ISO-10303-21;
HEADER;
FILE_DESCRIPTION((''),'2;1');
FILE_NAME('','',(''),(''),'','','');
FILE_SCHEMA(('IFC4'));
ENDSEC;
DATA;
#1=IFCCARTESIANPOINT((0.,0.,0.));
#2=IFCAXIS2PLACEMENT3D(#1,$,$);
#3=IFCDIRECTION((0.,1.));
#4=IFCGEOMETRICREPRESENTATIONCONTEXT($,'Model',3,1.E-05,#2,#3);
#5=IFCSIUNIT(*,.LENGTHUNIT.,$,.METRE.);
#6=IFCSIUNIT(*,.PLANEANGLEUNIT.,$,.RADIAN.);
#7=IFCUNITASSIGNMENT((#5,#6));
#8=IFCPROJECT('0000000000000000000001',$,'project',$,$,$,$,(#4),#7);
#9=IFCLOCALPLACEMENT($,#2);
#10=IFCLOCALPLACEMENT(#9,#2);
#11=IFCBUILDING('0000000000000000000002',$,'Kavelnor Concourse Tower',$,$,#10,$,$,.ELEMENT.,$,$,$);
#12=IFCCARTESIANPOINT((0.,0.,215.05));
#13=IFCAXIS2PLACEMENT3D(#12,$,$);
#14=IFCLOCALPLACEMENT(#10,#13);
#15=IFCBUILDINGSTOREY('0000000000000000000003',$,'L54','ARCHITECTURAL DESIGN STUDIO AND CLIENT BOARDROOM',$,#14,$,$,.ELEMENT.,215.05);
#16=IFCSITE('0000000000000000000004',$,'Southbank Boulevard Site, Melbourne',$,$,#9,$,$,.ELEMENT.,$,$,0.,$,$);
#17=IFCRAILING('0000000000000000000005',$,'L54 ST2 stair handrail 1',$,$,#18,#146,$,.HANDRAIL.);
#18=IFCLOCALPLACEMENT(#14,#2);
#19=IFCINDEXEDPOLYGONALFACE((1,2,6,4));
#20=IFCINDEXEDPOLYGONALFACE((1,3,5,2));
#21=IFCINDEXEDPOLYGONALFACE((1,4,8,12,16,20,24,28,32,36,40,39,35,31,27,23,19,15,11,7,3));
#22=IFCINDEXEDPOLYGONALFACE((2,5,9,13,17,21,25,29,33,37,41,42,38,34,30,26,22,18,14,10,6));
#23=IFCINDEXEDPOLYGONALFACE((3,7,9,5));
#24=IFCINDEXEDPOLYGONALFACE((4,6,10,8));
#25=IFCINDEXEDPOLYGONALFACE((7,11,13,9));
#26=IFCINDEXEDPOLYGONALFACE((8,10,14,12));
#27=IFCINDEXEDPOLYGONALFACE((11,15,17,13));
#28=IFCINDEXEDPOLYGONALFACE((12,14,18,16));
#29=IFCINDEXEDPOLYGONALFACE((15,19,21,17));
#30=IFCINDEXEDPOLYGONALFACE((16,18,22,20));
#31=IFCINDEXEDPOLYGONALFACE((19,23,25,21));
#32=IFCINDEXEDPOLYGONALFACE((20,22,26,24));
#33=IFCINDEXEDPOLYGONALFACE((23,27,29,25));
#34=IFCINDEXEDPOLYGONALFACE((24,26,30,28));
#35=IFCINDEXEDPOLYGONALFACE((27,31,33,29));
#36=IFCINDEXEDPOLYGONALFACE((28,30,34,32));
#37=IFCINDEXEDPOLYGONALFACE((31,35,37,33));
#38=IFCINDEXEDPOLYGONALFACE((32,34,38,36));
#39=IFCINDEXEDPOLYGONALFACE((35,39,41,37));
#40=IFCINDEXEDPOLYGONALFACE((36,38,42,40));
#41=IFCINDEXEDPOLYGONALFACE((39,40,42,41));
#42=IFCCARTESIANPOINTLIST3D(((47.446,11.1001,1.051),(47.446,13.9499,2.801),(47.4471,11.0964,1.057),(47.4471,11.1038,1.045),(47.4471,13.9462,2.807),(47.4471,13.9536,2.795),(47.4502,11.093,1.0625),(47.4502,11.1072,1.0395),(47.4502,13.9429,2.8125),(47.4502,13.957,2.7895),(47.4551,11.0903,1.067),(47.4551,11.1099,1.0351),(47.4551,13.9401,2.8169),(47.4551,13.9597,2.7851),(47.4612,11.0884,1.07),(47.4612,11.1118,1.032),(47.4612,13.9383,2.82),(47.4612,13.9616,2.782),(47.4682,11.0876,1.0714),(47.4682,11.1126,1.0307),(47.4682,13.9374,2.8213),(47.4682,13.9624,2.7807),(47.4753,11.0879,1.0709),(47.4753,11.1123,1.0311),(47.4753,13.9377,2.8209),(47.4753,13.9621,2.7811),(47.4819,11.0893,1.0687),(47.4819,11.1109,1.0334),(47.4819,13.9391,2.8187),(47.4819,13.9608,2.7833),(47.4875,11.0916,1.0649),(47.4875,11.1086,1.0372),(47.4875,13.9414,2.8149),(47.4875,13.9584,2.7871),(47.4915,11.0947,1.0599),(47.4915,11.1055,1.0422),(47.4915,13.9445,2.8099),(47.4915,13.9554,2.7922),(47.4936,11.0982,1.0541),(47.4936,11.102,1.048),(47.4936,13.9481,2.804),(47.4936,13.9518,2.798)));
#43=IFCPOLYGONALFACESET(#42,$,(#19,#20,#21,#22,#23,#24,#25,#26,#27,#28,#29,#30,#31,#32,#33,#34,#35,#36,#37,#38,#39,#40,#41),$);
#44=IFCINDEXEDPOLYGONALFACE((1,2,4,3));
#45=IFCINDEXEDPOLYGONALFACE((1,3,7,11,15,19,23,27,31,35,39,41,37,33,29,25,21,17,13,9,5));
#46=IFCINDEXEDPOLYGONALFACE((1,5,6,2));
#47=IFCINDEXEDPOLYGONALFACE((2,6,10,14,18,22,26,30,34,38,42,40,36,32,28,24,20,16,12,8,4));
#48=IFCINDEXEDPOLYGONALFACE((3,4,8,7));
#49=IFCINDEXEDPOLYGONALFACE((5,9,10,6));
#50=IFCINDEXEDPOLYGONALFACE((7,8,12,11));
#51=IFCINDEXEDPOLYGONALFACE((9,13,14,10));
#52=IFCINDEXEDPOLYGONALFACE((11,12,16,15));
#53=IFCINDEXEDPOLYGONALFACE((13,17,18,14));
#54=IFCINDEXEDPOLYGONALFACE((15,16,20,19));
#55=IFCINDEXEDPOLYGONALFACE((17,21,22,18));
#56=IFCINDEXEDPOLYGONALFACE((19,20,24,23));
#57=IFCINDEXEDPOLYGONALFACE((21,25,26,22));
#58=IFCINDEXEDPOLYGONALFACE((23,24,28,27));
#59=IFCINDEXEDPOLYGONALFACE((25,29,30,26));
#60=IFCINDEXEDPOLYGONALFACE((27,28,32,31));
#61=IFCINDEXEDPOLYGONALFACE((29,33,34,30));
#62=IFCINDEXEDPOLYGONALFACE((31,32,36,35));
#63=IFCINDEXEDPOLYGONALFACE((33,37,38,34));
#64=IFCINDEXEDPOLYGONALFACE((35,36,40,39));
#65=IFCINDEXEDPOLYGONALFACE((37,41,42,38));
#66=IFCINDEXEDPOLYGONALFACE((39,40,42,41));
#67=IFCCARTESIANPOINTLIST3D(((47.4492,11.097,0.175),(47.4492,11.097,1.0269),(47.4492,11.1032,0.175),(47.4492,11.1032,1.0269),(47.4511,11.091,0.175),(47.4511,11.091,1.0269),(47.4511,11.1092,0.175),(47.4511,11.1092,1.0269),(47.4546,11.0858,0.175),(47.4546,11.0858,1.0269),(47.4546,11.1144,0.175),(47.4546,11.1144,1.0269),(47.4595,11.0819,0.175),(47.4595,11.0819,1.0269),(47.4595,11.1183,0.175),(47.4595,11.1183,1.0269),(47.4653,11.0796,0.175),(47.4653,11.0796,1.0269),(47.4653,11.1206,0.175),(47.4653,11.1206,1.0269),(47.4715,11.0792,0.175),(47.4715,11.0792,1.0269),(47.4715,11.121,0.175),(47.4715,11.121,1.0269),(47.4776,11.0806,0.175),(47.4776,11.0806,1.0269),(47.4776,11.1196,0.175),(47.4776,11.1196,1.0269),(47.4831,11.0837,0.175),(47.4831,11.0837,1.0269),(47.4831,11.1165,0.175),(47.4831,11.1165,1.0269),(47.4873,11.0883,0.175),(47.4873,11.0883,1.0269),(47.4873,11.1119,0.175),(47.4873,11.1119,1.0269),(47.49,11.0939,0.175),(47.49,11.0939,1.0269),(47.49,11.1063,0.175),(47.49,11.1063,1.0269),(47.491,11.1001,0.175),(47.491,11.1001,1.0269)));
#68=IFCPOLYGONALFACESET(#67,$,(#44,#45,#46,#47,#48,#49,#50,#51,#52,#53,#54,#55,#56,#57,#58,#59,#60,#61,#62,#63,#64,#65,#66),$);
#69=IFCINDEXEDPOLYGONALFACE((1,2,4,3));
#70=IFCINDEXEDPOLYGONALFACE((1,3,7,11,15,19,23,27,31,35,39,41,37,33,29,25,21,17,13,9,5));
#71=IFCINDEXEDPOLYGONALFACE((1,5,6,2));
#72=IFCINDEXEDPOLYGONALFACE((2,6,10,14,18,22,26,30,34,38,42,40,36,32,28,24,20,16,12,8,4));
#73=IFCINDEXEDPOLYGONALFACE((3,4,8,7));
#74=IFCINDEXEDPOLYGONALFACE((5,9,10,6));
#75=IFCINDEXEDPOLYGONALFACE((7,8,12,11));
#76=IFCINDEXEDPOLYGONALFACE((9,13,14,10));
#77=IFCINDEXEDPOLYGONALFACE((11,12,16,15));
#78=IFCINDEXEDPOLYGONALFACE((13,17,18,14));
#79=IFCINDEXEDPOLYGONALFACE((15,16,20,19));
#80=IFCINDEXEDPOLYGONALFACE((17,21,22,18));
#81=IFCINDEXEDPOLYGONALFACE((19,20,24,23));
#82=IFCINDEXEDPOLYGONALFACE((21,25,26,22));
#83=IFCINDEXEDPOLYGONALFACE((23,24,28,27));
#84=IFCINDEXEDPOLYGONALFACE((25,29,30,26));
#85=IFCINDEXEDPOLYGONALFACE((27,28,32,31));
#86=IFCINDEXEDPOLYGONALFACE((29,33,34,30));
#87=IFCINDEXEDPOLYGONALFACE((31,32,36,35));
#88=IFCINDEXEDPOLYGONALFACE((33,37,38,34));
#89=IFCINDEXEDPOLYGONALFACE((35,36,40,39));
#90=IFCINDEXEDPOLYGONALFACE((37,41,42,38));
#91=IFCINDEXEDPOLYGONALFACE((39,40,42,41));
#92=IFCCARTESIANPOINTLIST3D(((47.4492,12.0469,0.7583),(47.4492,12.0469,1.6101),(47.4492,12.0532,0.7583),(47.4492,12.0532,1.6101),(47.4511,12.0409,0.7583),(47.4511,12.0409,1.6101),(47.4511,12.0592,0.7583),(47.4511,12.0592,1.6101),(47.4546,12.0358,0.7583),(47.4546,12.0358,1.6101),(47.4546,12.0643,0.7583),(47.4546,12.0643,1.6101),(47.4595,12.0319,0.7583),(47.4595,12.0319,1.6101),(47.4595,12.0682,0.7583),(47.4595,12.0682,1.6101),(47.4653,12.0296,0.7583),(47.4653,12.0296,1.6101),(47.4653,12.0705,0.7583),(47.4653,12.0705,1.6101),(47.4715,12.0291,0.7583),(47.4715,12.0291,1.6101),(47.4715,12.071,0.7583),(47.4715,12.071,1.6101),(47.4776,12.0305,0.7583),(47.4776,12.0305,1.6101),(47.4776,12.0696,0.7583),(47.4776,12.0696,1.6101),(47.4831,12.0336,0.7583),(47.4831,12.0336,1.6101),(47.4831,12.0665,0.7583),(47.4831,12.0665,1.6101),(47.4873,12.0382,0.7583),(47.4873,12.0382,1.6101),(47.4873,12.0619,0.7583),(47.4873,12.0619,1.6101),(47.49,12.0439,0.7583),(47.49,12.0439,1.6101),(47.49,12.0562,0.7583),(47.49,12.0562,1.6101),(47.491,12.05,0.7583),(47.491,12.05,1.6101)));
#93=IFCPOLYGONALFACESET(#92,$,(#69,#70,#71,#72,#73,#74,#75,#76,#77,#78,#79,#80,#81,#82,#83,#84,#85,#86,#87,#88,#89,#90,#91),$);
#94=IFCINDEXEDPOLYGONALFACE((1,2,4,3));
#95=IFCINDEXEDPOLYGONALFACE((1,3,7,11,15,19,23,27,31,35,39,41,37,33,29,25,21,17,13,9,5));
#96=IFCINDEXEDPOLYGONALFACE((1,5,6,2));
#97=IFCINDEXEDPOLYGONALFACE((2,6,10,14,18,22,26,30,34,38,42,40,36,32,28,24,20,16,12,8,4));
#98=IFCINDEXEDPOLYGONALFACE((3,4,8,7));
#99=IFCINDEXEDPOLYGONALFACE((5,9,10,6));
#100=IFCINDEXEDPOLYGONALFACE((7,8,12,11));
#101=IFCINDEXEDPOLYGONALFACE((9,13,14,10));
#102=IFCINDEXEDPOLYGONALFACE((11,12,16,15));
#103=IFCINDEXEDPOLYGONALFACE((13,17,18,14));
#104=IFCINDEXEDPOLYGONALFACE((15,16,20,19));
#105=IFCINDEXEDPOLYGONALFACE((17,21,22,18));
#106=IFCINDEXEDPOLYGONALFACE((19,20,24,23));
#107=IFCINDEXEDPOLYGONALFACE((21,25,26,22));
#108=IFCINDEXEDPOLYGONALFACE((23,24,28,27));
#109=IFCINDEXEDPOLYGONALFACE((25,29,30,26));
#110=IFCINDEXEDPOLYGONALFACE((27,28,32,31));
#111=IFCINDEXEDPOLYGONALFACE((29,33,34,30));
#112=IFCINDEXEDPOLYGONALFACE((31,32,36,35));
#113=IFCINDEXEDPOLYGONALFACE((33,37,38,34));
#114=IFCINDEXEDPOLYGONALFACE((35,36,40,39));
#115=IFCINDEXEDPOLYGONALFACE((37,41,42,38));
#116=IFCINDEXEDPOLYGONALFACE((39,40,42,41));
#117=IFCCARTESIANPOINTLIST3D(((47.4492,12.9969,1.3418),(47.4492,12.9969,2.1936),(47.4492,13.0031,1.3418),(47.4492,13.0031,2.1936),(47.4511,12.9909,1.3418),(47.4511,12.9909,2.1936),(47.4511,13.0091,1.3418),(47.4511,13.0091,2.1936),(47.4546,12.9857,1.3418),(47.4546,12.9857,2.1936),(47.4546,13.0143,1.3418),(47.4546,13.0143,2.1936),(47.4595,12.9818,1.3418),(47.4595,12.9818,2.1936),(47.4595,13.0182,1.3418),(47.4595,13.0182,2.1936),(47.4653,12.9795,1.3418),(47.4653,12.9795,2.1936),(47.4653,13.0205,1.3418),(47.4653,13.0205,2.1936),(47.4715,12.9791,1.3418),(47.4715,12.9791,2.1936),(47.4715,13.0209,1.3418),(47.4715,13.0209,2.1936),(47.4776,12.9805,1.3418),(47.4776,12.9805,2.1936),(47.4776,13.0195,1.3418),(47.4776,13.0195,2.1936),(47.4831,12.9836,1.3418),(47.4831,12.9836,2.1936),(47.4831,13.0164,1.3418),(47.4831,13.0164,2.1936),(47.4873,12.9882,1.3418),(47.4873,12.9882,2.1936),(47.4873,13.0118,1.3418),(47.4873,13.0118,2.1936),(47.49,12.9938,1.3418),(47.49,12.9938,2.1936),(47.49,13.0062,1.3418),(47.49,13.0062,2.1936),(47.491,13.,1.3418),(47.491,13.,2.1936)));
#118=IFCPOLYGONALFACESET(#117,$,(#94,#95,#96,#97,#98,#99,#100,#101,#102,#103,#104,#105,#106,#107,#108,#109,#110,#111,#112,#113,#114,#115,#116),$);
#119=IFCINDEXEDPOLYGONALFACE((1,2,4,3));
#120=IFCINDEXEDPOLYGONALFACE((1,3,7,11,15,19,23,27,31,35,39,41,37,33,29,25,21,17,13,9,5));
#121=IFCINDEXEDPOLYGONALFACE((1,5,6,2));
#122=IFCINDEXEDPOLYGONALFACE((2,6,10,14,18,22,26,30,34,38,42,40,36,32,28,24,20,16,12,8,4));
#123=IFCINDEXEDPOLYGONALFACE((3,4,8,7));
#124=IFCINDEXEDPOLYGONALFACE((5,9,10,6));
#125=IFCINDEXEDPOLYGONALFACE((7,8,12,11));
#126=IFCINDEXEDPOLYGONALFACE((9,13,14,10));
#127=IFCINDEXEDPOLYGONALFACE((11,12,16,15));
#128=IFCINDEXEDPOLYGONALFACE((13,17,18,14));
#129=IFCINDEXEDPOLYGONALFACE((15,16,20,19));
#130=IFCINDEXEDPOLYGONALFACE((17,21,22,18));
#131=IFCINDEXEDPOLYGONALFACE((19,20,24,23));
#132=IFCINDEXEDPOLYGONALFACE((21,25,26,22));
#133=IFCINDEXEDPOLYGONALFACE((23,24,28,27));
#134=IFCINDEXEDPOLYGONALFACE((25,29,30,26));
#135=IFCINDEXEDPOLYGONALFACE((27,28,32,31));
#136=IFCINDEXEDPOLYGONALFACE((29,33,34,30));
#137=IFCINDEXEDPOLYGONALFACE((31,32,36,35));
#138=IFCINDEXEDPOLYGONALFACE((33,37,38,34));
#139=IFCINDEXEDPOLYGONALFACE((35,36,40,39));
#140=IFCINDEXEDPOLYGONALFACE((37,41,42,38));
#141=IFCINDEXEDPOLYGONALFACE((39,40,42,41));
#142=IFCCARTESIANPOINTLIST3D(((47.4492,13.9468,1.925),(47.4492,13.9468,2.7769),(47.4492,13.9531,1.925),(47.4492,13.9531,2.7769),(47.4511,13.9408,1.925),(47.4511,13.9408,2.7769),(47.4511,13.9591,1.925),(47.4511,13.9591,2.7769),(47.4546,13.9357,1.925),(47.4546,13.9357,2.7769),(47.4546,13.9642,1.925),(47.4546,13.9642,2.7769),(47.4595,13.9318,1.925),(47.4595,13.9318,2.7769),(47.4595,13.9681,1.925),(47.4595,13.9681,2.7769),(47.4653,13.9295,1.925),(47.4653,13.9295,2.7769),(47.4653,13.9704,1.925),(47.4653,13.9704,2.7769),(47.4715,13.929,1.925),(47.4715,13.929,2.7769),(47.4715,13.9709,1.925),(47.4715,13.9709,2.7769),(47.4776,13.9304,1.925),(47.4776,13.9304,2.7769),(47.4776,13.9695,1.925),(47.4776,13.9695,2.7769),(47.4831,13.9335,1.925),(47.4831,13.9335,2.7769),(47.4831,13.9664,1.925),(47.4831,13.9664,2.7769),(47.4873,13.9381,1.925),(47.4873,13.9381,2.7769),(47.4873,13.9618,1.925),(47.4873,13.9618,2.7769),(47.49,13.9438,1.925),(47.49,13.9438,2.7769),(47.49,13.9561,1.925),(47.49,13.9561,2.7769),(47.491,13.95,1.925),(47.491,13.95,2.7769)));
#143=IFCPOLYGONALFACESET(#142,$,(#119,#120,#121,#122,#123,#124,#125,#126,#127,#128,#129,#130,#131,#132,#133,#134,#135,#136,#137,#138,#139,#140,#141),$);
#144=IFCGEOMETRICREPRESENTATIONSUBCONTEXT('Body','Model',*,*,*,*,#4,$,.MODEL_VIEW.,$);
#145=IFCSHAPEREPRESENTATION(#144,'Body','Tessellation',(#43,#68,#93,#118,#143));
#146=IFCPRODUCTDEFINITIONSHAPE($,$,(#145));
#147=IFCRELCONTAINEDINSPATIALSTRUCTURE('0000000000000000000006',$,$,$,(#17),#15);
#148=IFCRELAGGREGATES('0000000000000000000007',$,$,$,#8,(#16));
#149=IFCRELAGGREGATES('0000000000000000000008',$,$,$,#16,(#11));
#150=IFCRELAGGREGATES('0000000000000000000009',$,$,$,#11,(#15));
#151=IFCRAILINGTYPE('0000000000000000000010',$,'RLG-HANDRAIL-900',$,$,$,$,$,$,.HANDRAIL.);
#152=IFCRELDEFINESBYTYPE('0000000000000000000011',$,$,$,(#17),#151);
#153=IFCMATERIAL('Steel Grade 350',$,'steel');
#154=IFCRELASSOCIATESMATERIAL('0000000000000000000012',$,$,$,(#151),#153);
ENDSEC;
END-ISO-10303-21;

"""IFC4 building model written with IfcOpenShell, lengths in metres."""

from ifc_helpers import new_model, si_unit, direction, frame, origin, origin_2d, place, context, subcontext, project, spatial, circle, extrude, material, type_object, element, save


model = new_model("IFC4")

# Units and contexts
model_context = context("Model", 3, precision=1e-05, world=origin(), true_north=direction((0.0, 1.0)))
body_context = subcontext(model_context, "Body", "Model", "MODEL_VIEW")
ifc_project = project(units=[si_unit("LENGTHUNIT", "METRE"), si_unit("PLANEANGLEUNIT", "RADIAN")], contexts=[model_context])

# Site, building, storey
site_placement = place(None, origin())
site = spatial("IfcSite", under=ifc_project, at=site_placement, Name="Southbank Boulevard Site, Melbourne", CompositionType="ELEMENT", RefElevation=0.0)
building_placement = place(site_placement, origin())
building = spatial("IfcBuilding", under=site, at=building_placement, Name="Kavelnor Concourse Tower", CompositionType="ELEMENT")
storey_placement = place(building_placement, frame((0.0, 0.0, 215.05)))
storey = spatial("IfcBuildingStorey", under=building, at=storey_placement, Name="L54", Description="ARCHITECTURAL DESIGN STUDIO AND CLIENT BOARDROOM", CompositionType="ELEMENT", Elevation=215.05)

# Shared definitions
ifc_material_1 = material(Name="Steel Grade 350", Category="steel")

# Railing
railing_type_1 = type_object("IfcRailingType", Name="RLG-HANDRAIL-900", PredefinedType="HANDRAIL", material=ifc_material_1)
railing_1_placement = place(storey_placement, frame((47.47, 11.1001, 0.175)))
element("IfcRailing", 1, at=railing_1_placement, inside=storey, type_object=railing_type_1, Name="L54 ST2 stair handrail 1", PredefinedType="HANDRAIL", context=body_context, shape_type="SweptSolid", body=[
    extrude(circle(Radius=0.0239, at=origin_2d()), frame((0.0, 0.0, 0.876), z_axis=(0.0, 0.852159, 0.523283), x_axis=(-1.0, 0.0, 0.0)), (0.0, 0.0, 1.0), 3.3442),
    extrude(circle(Radius=0.021, at=origin_2d()), origin(), (0.0, 0.0, 1.0), 0.8518),
    extrude(circle(Radius=0.021, at=origin_2d()), frame((0.0, 0.95, 0.5833)), (0.0, 0.0, 1.0), 0.8518),
    extrude(circle(Radius=0.021, at=origin_2d()), frame((0.0, 1.8999, 1.1667)), (0.0, 0.0, 1.0), 0.8518),
    extrude(circle(Radius=0.021, at=origin_2d()), frame((0.0, 2.8499, 1.75)), (0.0, 0.0, 1.0), 0.8518),
])

save(model, "model.ifc")
